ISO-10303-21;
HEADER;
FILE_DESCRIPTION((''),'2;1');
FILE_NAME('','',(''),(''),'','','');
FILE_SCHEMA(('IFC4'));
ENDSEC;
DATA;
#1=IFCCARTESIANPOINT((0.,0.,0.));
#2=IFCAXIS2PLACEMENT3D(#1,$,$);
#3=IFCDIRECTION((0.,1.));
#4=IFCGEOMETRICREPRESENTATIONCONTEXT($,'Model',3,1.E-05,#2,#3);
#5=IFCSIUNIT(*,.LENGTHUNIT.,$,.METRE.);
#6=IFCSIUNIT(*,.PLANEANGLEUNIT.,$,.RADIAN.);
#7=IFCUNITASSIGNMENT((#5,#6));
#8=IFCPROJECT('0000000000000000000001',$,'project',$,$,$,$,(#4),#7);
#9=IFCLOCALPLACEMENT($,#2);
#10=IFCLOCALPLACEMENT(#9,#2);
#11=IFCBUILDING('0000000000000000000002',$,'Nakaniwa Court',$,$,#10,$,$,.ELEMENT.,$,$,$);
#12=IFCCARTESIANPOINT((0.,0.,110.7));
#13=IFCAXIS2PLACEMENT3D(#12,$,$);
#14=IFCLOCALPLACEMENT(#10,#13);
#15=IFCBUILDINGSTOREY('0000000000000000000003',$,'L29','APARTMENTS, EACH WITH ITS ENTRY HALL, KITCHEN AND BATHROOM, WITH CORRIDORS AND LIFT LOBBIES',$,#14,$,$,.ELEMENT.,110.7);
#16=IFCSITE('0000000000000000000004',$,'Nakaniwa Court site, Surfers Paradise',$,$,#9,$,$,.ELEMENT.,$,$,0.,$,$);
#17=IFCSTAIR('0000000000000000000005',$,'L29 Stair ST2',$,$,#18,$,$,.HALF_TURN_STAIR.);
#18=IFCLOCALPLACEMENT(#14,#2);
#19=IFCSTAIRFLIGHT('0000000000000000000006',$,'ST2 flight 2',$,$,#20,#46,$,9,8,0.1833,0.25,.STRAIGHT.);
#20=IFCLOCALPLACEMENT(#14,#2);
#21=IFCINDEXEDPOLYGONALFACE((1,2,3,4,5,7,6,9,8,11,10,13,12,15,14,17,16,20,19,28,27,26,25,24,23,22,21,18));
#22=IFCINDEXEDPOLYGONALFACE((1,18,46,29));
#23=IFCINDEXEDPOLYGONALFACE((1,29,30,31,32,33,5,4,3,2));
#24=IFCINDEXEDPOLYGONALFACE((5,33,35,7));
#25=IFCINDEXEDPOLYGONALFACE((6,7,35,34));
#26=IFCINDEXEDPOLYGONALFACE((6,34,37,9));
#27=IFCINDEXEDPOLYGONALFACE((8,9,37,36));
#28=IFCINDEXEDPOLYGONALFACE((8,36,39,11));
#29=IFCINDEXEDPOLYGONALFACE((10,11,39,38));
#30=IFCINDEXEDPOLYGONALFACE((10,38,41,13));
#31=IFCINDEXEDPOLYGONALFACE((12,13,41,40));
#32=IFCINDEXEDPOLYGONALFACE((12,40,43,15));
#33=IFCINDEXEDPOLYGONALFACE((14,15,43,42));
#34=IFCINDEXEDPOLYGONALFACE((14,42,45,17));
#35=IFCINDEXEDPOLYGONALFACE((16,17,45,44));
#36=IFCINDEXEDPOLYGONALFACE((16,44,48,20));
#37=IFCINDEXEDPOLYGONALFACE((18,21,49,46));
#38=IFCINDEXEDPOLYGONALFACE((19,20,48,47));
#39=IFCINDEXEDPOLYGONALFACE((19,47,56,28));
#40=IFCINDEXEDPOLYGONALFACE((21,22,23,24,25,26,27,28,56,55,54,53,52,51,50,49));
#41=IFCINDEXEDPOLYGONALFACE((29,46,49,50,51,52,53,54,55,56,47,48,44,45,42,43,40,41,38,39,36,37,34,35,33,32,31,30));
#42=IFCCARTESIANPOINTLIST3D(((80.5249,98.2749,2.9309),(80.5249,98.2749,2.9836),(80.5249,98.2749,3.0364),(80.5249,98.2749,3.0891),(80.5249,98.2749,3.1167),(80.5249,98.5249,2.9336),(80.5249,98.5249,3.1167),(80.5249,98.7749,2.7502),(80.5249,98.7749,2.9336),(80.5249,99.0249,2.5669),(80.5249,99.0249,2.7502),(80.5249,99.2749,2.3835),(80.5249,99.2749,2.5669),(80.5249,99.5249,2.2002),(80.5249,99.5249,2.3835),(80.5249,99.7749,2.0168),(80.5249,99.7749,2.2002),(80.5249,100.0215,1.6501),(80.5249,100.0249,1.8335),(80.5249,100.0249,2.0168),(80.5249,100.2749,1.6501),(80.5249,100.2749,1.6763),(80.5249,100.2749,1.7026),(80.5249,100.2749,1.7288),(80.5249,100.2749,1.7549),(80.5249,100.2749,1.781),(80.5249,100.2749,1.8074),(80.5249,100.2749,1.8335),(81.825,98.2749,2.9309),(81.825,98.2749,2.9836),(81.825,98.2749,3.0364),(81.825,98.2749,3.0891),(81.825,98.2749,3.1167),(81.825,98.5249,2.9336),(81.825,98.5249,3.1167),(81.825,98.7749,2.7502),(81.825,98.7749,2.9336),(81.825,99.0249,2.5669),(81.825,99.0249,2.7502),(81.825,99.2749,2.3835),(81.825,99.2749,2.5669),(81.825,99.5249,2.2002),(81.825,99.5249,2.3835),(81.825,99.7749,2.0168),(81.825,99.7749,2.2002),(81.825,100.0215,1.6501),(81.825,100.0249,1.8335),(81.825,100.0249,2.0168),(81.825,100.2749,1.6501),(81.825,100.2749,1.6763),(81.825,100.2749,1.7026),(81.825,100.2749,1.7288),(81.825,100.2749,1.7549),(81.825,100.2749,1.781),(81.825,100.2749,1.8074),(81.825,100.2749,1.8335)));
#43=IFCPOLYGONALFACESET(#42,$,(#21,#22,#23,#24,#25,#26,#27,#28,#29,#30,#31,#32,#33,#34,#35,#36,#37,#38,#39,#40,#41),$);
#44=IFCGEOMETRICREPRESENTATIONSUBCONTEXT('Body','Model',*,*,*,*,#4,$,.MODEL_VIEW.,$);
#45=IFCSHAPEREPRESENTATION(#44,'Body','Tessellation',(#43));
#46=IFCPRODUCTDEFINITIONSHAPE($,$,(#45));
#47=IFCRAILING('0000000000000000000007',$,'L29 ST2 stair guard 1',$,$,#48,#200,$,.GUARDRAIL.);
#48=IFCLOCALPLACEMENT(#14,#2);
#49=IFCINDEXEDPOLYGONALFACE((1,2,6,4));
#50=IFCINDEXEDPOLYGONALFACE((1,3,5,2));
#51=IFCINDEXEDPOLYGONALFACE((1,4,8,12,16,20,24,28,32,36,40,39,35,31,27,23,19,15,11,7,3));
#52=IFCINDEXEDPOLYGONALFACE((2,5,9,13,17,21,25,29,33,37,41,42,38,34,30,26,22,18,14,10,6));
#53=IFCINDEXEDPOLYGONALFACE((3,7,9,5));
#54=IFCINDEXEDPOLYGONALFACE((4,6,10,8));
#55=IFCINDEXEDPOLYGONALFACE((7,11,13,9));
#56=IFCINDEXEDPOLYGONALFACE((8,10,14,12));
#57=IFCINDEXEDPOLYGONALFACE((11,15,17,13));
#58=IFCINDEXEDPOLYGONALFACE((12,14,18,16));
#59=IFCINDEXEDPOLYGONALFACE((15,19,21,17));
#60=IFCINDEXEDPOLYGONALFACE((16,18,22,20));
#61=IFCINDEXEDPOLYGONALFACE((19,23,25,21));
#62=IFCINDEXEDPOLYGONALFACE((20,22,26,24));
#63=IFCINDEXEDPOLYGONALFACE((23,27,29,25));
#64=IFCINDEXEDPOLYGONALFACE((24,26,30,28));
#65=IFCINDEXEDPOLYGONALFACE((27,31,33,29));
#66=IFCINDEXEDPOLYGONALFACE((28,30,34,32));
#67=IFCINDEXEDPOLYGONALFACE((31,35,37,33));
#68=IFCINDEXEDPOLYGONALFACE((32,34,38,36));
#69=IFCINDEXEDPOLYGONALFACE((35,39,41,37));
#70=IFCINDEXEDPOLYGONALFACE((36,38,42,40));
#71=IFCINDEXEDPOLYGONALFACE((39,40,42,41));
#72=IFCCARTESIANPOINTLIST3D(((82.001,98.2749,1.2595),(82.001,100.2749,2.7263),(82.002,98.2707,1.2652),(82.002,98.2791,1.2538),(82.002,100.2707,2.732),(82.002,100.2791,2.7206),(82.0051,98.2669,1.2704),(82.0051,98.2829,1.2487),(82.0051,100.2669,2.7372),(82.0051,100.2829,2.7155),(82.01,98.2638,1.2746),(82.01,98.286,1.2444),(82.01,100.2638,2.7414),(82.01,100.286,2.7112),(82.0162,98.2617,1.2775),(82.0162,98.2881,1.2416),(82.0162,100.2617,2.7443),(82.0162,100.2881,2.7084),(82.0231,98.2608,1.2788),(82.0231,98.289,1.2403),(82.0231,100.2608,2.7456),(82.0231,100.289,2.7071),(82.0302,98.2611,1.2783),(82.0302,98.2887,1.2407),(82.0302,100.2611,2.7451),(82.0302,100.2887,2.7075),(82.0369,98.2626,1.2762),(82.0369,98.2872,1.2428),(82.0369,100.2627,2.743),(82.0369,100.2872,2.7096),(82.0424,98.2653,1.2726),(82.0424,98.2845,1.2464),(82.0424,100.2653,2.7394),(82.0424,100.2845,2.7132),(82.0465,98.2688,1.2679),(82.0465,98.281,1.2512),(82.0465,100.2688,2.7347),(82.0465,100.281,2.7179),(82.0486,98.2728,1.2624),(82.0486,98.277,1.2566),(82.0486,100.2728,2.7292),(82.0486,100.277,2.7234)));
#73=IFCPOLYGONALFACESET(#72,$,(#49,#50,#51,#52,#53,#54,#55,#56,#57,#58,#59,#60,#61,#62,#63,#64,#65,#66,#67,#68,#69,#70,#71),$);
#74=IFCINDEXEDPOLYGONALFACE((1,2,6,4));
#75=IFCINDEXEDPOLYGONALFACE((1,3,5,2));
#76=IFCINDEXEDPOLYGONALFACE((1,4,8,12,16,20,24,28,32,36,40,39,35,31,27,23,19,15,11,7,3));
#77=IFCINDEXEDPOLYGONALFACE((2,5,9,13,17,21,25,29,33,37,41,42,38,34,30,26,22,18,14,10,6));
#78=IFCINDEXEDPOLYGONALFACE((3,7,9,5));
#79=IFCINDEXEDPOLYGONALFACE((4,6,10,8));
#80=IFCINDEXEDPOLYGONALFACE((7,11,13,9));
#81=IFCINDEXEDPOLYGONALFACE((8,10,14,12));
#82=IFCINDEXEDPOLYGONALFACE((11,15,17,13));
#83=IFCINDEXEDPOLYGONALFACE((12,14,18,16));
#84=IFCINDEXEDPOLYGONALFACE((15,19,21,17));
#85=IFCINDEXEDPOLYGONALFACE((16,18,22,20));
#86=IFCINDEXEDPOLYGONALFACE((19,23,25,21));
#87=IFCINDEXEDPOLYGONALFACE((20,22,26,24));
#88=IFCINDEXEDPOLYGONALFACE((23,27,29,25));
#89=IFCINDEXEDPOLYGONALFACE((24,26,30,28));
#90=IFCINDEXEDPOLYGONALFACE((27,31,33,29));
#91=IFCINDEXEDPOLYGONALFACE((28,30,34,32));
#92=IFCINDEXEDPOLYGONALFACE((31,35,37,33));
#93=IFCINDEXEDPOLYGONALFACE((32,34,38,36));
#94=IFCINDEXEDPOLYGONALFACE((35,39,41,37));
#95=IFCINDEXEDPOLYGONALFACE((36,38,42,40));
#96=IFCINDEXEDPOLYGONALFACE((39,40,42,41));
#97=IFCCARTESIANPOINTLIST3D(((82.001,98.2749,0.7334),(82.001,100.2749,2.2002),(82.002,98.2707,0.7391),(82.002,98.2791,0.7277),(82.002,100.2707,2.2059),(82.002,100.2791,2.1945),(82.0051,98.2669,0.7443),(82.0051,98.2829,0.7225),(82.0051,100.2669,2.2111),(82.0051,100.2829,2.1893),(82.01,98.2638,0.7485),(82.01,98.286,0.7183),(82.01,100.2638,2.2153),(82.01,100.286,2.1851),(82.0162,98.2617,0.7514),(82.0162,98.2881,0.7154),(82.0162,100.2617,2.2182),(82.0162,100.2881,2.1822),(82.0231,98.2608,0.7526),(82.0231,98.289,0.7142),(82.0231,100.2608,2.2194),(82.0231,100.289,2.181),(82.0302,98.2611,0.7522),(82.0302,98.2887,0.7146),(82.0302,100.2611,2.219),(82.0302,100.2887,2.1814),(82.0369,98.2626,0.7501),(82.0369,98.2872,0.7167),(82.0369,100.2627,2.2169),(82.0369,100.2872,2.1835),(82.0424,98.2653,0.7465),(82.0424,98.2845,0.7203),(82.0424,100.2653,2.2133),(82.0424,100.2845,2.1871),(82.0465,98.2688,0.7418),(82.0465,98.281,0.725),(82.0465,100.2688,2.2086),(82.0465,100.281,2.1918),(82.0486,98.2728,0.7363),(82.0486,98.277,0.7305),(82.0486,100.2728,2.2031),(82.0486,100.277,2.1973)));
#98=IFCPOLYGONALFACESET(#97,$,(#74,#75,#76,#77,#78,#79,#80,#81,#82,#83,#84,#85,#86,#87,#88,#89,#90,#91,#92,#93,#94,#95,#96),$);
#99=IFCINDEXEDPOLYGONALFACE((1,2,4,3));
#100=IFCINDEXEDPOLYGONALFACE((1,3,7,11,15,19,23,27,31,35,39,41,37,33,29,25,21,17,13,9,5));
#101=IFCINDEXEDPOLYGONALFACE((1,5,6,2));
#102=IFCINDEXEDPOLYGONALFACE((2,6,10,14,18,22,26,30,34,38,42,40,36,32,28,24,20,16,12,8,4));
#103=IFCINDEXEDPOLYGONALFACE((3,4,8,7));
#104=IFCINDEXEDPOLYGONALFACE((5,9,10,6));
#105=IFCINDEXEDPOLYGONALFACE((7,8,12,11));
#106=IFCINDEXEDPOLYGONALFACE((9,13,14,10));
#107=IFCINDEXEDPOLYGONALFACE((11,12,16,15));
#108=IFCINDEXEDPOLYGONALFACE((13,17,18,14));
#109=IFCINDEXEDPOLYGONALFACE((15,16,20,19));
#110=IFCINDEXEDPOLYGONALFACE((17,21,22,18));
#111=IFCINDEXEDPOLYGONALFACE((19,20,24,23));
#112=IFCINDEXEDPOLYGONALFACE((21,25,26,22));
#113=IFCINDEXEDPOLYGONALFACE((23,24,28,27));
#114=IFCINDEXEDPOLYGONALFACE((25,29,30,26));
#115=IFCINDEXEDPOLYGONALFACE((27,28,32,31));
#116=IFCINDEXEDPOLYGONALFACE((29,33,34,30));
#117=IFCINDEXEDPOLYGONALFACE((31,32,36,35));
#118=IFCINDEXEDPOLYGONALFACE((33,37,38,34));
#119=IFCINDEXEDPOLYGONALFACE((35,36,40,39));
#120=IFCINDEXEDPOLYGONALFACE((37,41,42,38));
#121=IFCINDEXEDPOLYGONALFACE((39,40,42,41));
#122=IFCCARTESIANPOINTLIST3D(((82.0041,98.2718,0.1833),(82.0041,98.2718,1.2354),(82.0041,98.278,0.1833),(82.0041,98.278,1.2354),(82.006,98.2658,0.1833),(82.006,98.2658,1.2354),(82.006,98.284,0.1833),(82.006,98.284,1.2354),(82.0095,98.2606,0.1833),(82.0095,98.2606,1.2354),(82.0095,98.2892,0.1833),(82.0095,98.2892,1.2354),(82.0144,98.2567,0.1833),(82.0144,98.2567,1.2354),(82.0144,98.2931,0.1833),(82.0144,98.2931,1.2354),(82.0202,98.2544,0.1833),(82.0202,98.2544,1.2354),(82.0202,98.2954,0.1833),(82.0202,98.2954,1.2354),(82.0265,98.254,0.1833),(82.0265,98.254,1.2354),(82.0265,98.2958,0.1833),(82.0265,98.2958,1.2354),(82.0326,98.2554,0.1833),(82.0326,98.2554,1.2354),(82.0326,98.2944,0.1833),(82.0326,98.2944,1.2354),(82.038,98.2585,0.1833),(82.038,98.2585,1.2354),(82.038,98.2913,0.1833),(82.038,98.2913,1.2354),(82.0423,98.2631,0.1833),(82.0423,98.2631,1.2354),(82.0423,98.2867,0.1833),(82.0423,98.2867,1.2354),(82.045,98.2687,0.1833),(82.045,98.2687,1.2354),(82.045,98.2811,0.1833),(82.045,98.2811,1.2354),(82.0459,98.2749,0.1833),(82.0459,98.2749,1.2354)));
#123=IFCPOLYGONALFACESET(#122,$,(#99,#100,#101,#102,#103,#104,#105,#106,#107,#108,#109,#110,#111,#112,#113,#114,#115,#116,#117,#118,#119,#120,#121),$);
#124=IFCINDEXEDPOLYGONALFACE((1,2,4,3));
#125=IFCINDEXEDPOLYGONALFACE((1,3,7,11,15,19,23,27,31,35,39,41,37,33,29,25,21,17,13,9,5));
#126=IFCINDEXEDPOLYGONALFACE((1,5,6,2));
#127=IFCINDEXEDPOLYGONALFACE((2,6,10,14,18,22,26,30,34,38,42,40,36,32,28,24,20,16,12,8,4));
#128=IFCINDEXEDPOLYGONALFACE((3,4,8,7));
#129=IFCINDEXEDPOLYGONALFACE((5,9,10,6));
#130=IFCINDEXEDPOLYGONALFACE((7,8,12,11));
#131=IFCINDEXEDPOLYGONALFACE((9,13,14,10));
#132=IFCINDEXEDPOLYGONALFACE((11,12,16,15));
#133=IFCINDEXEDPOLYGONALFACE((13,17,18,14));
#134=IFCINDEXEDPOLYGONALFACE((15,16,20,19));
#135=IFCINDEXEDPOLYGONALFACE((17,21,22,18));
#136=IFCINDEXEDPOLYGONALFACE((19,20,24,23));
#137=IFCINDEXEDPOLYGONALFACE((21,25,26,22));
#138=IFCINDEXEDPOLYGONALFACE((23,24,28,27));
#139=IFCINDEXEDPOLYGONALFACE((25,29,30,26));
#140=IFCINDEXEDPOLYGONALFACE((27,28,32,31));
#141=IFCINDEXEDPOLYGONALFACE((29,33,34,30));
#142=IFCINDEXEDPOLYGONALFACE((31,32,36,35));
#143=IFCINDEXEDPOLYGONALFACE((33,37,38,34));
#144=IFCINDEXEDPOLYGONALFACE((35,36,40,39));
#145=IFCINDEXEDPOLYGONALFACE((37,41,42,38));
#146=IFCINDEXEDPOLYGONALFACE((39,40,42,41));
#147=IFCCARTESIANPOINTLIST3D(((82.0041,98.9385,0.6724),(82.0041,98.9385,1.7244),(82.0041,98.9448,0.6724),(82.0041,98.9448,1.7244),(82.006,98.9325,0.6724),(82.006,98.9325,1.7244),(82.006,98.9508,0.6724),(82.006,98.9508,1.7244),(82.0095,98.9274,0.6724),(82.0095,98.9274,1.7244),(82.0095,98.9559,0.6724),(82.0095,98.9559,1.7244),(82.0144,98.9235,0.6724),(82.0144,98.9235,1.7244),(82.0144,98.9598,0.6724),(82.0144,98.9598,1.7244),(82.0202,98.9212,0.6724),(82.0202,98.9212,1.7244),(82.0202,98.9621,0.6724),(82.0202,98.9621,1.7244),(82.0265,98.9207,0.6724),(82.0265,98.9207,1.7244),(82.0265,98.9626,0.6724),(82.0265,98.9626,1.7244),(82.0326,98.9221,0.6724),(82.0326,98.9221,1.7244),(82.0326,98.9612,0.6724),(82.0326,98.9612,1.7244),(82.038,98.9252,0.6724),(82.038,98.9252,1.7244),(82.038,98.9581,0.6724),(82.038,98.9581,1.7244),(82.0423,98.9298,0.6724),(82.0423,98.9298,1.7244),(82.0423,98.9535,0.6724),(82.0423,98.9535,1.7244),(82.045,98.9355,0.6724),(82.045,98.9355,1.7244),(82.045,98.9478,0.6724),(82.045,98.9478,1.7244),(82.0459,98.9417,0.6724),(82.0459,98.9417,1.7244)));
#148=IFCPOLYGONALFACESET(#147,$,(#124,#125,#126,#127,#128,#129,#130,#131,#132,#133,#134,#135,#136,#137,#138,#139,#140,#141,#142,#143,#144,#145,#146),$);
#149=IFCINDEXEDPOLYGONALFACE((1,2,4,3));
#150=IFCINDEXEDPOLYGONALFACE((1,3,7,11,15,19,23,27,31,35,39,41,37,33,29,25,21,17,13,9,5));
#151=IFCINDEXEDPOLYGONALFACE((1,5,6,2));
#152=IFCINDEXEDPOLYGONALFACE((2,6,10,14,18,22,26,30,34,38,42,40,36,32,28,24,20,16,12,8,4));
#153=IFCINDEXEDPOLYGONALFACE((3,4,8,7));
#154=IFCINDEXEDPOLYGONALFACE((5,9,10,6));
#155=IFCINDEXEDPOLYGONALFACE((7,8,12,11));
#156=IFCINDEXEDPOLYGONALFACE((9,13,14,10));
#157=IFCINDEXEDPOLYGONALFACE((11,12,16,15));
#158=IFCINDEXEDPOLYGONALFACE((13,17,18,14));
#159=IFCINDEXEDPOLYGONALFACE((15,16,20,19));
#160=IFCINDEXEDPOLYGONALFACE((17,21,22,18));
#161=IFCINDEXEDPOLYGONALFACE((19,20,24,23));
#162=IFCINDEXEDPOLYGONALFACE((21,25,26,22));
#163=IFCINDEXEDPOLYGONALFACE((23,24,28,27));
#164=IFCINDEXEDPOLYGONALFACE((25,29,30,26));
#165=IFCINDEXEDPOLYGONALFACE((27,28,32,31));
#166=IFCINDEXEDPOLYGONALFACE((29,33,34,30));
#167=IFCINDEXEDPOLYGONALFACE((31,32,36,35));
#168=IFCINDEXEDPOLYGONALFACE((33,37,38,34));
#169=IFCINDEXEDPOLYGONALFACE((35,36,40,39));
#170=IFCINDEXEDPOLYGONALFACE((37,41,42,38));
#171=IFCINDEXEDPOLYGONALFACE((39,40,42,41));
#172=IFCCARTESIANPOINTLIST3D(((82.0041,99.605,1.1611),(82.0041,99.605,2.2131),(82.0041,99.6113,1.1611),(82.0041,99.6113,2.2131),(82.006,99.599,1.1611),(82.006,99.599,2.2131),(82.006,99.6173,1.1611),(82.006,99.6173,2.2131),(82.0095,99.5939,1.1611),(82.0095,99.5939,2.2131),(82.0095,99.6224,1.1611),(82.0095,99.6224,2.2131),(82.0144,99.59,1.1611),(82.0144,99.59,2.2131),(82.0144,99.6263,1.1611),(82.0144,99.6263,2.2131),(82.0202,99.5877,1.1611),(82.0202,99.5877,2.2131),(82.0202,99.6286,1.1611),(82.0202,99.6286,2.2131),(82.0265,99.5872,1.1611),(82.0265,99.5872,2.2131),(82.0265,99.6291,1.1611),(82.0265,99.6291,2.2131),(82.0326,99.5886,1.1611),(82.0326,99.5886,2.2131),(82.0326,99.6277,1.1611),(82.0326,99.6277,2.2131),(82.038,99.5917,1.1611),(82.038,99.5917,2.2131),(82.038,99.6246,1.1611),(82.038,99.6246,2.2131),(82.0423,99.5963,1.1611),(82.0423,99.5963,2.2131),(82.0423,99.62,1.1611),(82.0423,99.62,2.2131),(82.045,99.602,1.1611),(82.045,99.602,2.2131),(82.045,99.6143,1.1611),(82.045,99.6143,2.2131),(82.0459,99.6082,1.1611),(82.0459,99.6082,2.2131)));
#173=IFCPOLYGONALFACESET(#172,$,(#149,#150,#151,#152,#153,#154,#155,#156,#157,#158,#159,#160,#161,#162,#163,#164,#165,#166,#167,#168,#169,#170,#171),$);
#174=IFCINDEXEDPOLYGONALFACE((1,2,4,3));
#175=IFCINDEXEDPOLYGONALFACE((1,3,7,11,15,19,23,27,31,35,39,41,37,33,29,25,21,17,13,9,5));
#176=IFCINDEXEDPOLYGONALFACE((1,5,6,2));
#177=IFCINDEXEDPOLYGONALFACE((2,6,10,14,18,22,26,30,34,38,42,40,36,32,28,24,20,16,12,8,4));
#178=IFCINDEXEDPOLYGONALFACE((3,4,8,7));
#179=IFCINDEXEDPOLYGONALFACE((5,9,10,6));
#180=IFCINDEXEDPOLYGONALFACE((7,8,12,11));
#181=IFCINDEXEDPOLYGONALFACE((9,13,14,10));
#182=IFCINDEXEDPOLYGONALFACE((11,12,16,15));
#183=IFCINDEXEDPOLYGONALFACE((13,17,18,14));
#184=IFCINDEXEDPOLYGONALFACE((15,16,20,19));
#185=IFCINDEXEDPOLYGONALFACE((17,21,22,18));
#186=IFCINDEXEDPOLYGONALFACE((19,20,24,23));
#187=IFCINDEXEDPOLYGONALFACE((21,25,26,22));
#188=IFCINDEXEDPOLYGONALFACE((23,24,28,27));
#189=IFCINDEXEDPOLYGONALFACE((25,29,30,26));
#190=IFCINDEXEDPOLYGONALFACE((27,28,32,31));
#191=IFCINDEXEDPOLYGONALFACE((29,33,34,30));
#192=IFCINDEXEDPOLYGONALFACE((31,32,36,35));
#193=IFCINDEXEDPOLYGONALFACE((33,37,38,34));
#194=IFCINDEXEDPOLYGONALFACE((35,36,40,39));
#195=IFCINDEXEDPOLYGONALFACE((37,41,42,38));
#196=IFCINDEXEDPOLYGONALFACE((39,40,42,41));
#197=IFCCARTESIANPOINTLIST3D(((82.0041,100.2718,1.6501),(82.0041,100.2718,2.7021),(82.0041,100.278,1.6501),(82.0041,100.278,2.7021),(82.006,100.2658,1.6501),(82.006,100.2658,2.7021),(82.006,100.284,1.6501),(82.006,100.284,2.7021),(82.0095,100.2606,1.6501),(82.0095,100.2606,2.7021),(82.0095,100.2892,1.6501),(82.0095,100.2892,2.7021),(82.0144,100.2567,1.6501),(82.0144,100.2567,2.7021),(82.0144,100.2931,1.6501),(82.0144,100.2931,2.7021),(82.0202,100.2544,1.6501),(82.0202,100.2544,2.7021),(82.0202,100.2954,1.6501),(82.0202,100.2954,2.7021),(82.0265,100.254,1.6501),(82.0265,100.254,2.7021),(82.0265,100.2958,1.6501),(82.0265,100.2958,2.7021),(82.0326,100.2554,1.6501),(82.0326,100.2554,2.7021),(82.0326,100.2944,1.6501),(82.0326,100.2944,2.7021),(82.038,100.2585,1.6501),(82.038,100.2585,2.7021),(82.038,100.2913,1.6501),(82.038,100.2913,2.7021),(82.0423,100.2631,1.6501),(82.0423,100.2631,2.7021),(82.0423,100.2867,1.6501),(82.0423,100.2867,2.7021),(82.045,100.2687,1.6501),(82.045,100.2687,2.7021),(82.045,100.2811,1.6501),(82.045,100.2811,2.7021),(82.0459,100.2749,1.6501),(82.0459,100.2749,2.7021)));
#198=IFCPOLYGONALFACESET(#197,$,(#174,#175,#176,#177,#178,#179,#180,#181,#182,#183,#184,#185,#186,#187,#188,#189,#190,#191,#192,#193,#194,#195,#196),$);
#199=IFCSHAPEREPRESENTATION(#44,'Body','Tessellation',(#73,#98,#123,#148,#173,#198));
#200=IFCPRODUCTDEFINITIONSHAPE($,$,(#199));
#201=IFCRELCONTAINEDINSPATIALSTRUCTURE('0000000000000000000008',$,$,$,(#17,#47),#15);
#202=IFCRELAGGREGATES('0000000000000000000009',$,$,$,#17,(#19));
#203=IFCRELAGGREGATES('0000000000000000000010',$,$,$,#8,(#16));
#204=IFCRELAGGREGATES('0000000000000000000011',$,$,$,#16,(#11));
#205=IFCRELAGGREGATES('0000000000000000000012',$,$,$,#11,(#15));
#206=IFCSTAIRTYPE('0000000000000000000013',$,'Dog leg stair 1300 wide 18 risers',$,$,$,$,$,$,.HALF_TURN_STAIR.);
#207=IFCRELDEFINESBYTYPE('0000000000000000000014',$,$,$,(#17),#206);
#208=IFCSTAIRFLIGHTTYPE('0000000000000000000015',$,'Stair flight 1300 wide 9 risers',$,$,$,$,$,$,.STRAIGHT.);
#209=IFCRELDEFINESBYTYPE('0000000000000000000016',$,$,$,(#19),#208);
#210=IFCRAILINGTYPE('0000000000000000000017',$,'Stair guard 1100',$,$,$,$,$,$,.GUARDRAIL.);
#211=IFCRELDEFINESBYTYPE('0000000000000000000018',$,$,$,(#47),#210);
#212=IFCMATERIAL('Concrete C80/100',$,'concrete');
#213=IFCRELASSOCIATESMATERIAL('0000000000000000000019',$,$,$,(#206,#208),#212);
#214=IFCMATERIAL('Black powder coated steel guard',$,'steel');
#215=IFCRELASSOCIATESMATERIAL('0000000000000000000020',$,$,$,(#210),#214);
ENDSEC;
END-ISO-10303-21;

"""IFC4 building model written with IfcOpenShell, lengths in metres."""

from ifc_helpers import new_model, si_unit, direction, frame, origin, origin_2d, place, context, subcontext, project, spatial, polyline, circle, outline, extrude, material, type_object, element, aggregate, save


model = new_model("IFC4")

# Units and contexts
model_context = context("Model", 3, precision=1e-05, world=origin(), true_north=direction((0.0, 1.0)))
body_context = subcontext(model_context, "Body", "Model", "MODEL_VIEW")
ifc_project = project(units=[si_unit("LENGTHUNIT", "METRE"), si_unit("PLANEANGLEUNIT", "RADIAN")], contexts=[model_context])

# Site, building, storey
site_placement = place(None, origin())
site = spatial("IfcSite", under=ifc_project, at=site_placement, Name="Nakaniwa Court site, Surfers Paradise", CompositionType="ELEMENT", RefElevation=0.0)
building_placement = place(site_placement, origin())
building = spatial("IfcBuilding", under=site, at=building_placement, Name="Nakaniwa Court", CompositionType="ELEMENT")
storey_placement = place(building_placement, frame((0.0, 0.0, 110.7)))
storey = spatial("IfcBuildingStorey", under=building, at=storey_placement, Name="L29", Description="APARTMENTS, EACH WITH ITS ENTRY HALL, KITCHEN AND BATHROOM, WITH CORRIDORS AND LIFT LOBBIES", CompositionType="ELEMENT", Elevation=110.7)

# Shared definitions
ifc_material_1 = material(Name="Concrete C80/100", Category="concrete")

# Stair, stair flight
stair_type = type_object("IfcStairType", Name="Dog leg stair 1300 wide 18 risers", PredefinedType="HALF_TURN_STAIR", material=ifc_material_1)
stair_placement = place(storey_placement, origin())
stair = element("IfcStair", 1, at=stair_placement, inside=storey, type_object=stair_type, Name="L29 Stair ST2", PredefinedType="HALF_TURN_STAIR")
stair_flight_type = type_object("IfcStairFlightType", Name="Stair flight 1300 wide 9 risers", PredefinedType="STRAIGHT", material=ifc_material_1)
stair_flight_1_placement = place(storey_placement, frame((81.175, 100.2749, 1.6501), z_axis=(0.0, 0.0, 1.0), x_axis=(0.0, -1.0, 0.0)))
stair_flight_1 = element("IfcStairFlight", 2, at=stair_flight_1_placement, type_object=stair_flight_type, Name="ST2 flight 2", NumberOfRisers=9, NumberOfTreads=8, PredefinedType="STRAIGHT", RiserHeight=0.1833, TreadLength=0.25, context=body_context, shape_type="SweptSolid", body=[
    extrude(outline(polyline([(0.0, 0.0), (0.0, 0.0261), (0.0, 0.0525), (0.0, 0.0786), (0.0, 0.1047), (0.0, 0.1309), (0.0, 0.1572), (0.0, 0.1833), (0.25, 0.1833), (0.25, 0.3667), (0.5, 0.3667), (0.5, 0.55), (0.75, 0.55), (0.75, 0.7334), (1.0, 0.7334), (1.0, 0.9167), (1.25, 0.9167), (1.25, 1.1001), (1.5, 1.1001), (1.5, 1.2834), (1.75, 1.2834), (1.75, 1.4666), (2.0, 1.4666), (2.0, 1.6499), (2.0, 1.5972), (2.0, 1.5444), (2.0, 1.4917), (2.0, 1.439), (2.0, 1.3862), (2.0, 1.3335), (2.0, 1.2808), (0.2534, 0.0), (0.0, 0.0)])), frame((0.0, 0.6499, 0.0), z_axis=(0.0, -1.0, 0.0), x_axis=(1.0, 0.0, 0.0)), (0.0, 0.0, 1.0), 1.3),
])
aggregate(stair, [stair_flight_1])

# Railing
ifc_material_2 = material(Name="Black powder coated steel guard", Category="steel")
railing_type_1 = type_object("IfcRailingType", Name="Stair guard 1100", PredefinedType="GUARDRAIL", material=ifc_material_2)
railing_1_placement = place(storey_placement, frame((82.0249, 98.2749, 0.1833)))
element("IfcRailing", 3, at=railing_1_placement, inside=storey, type_object=railing_type_1, Name="L29 ST2 stair guard 1", PredefinedType="GUARDRAIL", context=body_context, shape_type="SweptSolid", body=[
    extrude(circle(Radius=0.0239, at=origin_2d()), frame((0.0, 0.0, 1.0762), z_axis=(0.0, 0.80638, 0.591398), x_axis=(-1.0, 0.0, 0.0)), (0.0, 0.0, 1.0), 2.4802),
    extrude(circle(Radius=0.0239, at=origin_2d()), frame((0.0, 0.0, 0.55), z_axis=(0.0, 0.80638, 0.591398), x_axis=(-1.0, 0.0, 0.0)), (0.0, 0.0, 1.0), 2.4802),
    extrude(circle(Radius=0.021, at=origin_2d()), origin(), (0.0, 0.0, 1.0), 1.052),
    extrude(circle(Radius=0.021, at=origin_2d()), frame((0.0, 0.6667, 0.489)), (0.0, 0.0, 1.0), 1.052),
    extrude(circle(Radius=0.021, at=origin_2d()), frame((0.0, 1.3333, 0.9778)), (0.0, 0.0, 1.0), 1.052),
    extrude(circle(Radius=0.021, at=origin_2d()), frame((0.0, 2.0, 1.4668)), (0.0, 0.0, 1.0), 1.052),
])

save(model, "model.ifc")
